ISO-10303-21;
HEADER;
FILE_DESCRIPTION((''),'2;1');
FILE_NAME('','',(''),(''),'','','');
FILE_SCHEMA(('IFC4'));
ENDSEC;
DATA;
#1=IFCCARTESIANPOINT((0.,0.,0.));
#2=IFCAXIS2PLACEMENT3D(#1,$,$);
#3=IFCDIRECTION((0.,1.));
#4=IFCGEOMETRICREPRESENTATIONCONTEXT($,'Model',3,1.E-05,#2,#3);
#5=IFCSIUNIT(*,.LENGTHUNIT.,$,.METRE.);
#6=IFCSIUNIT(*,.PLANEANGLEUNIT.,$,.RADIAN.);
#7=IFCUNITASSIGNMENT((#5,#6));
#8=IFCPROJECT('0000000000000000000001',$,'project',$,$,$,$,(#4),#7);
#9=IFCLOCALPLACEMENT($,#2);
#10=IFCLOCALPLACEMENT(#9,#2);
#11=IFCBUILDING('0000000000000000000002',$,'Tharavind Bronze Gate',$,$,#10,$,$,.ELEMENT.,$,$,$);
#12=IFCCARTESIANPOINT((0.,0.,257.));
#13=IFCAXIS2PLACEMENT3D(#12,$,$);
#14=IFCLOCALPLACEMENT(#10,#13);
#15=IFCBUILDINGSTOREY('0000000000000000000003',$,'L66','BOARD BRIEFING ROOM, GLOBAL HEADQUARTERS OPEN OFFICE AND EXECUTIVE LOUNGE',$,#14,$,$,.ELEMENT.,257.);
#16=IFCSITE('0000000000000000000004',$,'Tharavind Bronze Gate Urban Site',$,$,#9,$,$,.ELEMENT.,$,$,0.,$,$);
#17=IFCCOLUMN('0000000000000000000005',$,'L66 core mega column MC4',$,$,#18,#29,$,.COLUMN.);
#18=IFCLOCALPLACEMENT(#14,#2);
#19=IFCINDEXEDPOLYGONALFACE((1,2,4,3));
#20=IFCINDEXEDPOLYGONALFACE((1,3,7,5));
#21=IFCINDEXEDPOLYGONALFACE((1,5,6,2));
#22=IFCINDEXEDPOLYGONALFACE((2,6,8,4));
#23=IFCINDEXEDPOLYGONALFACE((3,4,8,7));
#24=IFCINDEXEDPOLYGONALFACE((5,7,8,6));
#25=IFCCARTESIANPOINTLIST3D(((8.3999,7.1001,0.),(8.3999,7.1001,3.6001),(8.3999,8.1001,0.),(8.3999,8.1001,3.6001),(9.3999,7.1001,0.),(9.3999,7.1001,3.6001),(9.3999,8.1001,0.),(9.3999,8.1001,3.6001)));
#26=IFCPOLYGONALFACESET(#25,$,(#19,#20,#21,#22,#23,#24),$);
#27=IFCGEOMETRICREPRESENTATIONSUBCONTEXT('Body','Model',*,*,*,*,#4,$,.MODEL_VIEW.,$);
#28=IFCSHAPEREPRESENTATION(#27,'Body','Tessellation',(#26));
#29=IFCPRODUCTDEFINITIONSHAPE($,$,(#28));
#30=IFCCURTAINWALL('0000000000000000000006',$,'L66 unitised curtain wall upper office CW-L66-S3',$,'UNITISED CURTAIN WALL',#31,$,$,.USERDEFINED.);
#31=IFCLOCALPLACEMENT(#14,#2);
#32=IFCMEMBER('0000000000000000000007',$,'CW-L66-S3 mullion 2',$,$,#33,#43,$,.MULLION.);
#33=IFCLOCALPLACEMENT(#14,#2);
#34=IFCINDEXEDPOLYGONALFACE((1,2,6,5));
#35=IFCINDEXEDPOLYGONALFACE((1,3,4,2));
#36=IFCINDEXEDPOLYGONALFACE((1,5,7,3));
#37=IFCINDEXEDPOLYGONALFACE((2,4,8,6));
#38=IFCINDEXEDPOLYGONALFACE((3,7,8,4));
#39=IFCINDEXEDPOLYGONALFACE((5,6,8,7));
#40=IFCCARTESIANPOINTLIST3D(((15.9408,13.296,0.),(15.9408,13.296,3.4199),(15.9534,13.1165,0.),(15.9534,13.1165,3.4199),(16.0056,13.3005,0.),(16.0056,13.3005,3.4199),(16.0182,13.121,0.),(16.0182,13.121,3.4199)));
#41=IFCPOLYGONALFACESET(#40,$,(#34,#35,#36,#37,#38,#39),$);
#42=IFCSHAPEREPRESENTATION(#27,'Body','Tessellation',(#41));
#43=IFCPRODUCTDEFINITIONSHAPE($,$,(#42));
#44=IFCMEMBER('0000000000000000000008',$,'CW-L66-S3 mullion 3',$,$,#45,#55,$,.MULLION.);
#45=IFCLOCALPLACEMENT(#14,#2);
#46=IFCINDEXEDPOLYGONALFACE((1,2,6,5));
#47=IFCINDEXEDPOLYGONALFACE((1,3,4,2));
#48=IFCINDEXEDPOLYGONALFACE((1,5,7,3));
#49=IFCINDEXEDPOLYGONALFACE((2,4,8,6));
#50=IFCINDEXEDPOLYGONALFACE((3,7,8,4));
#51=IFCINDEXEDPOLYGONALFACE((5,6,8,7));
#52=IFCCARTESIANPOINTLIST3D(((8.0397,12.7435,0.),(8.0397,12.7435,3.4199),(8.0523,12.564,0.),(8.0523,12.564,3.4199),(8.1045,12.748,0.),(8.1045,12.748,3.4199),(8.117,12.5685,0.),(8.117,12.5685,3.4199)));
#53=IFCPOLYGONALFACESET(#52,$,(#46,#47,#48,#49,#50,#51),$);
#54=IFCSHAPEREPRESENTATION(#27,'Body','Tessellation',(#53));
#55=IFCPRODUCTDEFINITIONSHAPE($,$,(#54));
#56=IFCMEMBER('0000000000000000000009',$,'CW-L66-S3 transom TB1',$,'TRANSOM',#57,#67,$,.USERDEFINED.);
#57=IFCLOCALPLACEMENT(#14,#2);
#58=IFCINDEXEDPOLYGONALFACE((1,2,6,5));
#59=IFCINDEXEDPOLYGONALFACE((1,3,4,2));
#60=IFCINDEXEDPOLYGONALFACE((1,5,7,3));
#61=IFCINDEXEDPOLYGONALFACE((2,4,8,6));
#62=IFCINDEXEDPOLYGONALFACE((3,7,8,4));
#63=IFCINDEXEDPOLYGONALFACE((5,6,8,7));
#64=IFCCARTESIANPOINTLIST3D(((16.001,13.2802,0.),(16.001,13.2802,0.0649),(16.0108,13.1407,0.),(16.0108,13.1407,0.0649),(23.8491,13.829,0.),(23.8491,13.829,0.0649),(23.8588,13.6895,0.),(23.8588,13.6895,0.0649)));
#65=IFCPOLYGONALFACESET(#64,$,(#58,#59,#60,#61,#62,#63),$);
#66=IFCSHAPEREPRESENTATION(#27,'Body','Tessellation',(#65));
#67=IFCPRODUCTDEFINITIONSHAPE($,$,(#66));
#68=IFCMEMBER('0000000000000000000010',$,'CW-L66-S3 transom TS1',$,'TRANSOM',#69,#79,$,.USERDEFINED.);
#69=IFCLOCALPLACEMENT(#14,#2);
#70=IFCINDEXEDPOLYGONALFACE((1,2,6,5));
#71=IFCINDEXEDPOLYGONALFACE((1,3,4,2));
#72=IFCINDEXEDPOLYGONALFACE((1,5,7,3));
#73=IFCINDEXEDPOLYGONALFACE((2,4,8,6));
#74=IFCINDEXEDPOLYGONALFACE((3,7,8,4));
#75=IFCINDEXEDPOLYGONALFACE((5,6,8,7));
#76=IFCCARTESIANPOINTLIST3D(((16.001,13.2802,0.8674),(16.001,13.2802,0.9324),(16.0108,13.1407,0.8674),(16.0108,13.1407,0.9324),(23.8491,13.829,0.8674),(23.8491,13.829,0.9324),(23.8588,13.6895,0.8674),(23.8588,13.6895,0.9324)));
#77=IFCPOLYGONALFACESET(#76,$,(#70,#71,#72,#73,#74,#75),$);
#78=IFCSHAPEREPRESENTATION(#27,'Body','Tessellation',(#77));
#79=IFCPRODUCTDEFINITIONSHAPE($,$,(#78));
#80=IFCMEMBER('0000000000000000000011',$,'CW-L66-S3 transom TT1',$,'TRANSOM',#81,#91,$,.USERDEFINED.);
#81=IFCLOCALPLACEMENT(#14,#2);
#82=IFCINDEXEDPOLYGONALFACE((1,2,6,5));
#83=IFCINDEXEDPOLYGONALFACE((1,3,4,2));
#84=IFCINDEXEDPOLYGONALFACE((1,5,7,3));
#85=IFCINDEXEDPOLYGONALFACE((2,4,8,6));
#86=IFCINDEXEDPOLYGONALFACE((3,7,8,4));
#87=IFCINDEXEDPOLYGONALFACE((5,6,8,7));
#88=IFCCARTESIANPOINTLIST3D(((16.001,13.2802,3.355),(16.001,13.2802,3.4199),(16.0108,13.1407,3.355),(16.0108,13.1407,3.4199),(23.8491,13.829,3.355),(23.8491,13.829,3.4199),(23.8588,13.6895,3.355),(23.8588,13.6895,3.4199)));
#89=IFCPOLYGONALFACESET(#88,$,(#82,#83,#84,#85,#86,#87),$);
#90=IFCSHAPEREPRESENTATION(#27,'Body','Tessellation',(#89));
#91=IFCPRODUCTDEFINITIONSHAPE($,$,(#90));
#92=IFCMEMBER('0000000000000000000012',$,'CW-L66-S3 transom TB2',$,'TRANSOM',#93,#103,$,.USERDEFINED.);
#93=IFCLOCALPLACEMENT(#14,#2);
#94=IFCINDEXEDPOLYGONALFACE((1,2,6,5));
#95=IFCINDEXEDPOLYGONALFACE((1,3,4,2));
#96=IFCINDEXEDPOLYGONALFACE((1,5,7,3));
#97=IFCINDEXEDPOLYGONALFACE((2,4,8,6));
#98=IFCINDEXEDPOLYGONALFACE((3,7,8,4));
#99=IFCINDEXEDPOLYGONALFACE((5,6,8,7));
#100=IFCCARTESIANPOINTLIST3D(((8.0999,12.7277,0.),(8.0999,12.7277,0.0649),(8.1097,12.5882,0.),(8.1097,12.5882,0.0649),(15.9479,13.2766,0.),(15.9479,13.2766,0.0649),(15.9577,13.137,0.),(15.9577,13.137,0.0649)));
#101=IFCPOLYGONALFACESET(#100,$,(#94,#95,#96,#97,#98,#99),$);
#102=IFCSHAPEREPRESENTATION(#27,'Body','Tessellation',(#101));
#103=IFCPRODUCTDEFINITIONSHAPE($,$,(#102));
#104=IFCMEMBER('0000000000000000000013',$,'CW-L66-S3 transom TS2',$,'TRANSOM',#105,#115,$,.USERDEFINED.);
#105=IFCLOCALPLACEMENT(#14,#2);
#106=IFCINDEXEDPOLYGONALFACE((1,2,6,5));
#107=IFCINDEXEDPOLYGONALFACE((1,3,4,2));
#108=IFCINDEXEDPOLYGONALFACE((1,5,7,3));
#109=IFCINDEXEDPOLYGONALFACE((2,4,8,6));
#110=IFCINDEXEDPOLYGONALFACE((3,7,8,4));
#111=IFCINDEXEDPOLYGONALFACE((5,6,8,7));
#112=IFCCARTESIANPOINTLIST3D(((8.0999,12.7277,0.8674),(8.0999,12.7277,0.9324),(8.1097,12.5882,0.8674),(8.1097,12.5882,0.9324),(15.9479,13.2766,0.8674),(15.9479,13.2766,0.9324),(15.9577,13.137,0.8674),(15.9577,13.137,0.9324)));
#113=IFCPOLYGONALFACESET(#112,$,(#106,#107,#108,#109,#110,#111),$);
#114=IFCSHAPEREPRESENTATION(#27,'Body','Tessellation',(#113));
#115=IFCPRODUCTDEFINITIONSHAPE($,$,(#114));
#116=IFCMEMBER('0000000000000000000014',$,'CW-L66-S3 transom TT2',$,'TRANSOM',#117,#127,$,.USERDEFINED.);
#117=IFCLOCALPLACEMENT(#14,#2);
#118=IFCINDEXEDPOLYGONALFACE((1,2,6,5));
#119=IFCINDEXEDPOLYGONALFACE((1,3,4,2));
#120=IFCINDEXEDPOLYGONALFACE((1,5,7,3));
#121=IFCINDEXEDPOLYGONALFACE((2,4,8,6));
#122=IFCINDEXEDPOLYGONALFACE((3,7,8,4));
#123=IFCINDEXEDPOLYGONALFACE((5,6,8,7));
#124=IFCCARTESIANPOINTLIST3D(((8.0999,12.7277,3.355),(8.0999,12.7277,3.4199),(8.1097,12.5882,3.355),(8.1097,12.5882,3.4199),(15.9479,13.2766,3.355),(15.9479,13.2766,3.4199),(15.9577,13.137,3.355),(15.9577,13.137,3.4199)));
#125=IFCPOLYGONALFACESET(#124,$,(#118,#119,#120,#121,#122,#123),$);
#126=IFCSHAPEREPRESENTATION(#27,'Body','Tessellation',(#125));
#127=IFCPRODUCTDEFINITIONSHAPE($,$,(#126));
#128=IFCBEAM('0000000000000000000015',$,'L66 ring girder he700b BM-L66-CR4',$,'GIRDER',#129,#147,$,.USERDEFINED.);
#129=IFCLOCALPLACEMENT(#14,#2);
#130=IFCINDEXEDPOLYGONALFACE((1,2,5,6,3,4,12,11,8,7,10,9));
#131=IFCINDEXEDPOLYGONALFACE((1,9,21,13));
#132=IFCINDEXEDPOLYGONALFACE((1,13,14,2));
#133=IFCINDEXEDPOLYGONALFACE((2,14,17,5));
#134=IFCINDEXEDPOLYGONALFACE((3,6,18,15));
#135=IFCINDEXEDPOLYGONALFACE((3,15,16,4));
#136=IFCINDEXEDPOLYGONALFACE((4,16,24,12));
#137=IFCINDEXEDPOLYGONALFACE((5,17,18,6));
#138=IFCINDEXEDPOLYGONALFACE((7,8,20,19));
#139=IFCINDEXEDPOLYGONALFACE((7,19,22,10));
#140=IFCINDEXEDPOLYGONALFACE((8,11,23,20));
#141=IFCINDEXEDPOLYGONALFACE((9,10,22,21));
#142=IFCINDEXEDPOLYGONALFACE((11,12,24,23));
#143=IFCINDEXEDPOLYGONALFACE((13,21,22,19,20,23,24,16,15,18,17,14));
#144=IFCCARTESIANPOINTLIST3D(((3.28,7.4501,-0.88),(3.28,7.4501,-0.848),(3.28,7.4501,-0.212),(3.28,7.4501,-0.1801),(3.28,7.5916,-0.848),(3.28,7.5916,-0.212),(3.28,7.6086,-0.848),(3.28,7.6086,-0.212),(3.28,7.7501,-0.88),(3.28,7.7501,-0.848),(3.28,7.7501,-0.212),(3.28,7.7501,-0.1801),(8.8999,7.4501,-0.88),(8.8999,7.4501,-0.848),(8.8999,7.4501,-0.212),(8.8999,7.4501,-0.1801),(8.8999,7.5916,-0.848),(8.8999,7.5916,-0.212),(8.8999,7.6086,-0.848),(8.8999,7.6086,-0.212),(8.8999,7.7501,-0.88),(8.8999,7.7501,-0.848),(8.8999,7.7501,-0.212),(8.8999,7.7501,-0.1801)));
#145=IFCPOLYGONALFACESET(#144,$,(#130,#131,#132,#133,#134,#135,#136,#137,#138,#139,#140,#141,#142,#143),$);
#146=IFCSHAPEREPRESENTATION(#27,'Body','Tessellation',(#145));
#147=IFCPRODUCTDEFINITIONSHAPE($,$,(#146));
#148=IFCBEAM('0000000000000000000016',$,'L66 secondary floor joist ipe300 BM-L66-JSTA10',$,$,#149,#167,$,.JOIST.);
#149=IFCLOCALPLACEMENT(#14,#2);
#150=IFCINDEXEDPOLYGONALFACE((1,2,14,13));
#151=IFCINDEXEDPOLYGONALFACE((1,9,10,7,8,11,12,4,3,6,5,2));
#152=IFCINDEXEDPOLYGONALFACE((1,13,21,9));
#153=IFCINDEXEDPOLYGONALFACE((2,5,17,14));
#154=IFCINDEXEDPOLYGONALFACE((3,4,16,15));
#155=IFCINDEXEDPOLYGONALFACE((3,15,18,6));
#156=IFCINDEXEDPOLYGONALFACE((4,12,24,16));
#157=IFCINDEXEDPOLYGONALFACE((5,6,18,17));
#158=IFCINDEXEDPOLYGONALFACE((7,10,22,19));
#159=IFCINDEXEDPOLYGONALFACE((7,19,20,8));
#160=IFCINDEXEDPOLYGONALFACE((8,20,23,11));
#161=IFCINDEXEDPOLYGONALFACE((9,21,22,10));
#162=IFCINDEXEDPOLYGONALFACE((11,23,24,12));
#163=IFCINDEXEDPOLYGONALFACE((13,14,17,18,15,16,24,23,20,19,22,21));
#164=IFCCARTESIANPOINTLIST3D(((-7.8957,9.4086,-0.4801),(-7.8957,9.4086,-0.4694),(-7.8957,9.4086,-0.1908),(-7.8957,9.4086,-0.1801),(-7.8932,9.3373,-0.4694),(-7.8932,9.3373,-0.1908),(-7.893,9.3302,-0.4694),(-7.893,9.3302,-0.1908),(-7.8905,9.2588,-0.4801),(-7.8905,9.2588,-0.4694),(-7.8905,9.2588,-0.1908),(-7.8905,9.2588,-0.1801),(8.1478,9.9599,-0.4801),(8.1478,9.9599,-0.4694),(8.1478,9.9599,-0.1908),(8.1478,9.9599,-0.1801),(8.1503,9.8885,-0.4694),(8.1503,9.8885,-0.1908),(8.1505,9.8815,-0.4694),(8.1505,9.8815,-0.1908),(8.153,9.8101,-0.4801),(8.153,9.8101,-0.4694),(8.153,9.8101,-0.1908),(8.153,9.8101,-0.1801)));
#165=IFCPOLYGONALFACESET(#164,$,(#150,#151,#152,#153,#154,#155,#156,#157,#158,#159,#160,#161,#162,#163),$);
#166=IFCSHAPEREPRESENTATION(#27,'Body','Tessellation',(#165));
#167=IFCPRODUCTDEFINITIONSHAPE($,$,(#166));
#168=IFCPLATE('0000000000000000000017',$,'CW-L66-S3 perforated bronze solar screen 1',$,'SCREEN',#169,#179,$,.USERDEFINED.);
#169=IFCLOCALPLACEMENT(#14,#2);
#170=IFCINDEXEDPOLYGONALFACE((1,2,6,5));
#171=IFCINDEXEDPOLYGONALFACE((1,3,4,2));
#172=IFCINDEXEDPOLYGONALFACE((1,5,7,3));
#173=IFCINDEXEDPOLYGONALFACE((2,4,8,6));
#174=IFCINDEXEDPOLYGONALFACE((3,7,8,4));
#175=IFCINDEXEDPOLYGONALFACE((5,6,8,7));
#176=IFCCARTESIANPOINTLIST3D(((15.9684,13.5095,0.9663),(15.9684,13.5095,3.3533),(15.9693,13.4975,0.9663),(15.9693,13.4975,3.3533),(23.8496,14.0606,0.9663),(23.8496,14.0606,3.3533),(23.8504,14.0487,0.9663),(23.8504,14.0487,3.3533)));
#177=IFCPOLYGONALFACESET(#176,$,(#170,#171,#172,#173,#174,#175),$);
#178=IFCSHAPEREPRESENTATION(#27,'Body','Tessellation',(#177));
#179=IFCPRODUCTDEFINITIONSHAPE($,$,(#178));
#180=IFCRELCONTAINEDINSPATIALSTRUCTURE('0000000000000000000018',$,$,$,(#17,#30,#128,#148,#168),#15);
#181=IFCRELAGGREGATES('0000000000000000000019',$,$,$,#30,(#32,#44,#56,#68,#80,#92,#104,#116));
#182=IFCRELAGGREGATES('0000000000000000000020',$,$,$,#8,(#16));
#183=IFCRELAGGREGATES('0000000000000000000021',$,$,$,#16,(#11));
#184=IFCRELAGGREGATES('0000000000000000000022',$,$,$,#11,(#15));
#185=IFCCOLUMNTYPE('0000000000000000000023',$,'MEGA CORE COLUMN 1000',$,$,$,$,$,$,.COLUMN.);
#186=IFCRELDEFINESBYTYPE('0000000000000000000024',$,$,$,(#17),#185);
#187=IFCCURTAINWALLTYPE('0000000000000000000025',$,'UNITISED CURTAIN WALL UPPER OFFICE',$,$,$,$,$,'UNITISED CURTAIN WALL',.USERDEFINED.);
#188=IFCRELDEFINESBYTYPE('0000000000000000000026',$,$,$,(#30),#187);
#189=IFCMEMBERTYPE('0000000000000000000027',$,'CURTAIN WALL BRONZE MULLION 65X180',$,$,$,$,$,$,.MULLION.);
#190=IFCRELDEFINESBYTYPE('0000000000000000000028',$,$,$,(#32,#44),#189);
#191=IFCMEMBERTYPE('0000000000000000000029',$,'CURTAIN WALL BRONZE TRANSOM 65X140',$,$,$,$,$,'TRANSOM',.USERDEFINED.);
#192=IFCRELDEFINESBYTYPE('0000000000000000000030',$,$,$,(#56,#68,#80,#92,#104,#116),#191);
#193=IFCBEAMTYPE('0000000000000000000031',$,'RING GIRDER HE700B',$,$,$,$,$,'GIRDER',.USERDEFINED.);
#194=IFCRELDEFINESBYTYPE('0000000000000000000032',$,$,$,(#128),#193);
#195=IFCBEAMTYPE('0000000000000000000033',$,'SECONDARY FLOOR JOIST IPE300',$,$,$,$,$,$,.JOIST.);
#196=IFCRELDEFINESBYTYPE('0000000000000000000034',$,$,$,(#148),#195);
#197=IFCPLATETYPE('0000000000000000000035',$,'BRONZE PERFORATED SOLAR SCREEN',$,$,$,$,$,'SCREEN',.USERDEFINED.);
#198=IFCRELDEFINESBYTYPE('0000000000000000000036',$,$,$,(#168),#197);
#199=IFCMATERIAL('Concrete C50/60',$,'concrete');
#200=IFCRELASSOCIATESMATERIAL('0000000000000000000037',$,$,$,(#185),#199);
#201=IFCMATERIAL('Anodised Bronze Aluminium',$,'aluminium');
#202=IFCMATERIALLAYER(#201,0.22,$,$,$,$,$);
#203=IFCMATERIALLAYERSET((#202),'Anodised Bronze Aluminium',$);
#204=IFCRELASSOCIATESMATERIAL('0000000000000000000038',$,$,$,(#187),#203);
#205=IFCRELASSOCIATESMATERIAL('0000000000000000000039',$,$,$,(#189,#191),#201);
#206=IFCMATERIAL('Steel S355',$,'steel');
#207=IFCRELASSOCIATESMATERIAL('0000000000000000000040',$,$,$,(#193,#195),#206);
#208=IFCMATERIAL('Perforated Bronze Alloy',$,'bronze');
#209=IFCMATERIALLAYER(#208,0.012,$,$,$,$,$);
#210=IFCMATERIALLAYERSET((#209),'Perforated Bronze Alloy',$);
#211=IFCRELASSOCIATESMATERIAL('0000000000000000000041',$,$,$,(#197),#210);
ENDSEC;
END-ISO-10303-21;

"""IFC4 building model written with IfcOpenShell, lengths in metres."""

from ifc_helpers import new_model, si_unit, direction, frame, origin, origin_2d, place, context, subcontext, project, spatial, rectangle, i_section, extrude, material, layer, layer_set, material_profile, profile_set, type_object, element, aggregate, save


model = new_model("IFC4")

# Units and contexts
model_context = context("Model", 3, precision=1e-05, world=origin(), true_north=direction((0.0, 1.0)))
body_context = subcontext(model_context, "Body", "Model", "MODEL_VIEW")
ifc_project = project(units=[si_unit("LENGTHUNIT", "METRE"), si_unit("PLANEANGLEUNIT", "RADIAN")], contexts=[model_context])

# Site, building, storey
site_placement = place(None, origin())
site = spatial("IfcSite", under=ifc_project, at=site_placement, Name="Tharavind Bronze Gate Urban Site", CompositionType="ELEMENT", RefElevation=0.0)
building_placement = place(site_placement, origin())
building = spatial("IfcBuilding", under=site, at=building_placement, Name="Tharavind Bronze Gate", CompositionType="ELEMENT")
storey_placement = place(building_placement, frame((0.0, 0.0, 257.0)))
storey = spatial("IfcBuildingStorey", under=building, at=storey_placement, Name="L66", Description="BOARD BRIEFING ROOM, GLOBAL HEADQUARTERS OPEN OFFICE AND EXECUTIVE LOUNGE", CompositionType="ELEMENT", Elevation=257.0)

# Column
ifc_material_1 = material(Name="Concrete C50/60", Category="concrete")
ifc_material_profile_1 = material_profile(ifc_material_1, rectangle(XDim=1.0, YDim=1.0, at=origin_2d()), Name="RCCOL1000")
ifc_profile_set_1 = profile_set([ifc_material_profile_1], Name="Concrete C50/60")
column_type = type_object("IfcColumnType", Name="MEGA CORE COLUMN 1000", PredefinedType="COLUMN", material=ifc_profile_set_1)
column_placement = place(storey_placement, frame((8.8999, 7.6001, 0.0), z_axis=(0.0, 0.0, 1.0), x_axis=(1.0, 0.0, 0.0)))
element("IfcColumn", 1, at=column_placement, inside=storey, type_object=column_type, Name="L66 core mega column MC4", PredefinedType="COLUMN", context=body_context, shape_type="SweptSolid", body=[
    extrude(rectangle(XDim=1.0, YDim=1.0, at=origin_2d()), origin(), (0.0, 0.0, 1.0), 3.6001),
])

# Curtain wall, members
ifc_material_2 = material(Name="Anodised Bronze Aluminium", Category="aluminium")
ifc_layer_1 = layer(ifc_material_2, 0.22)
ifc_layer_set_1 = layer_set([ifc_layer_1], Name="Anodised Bronze Aluminium")
curtain_wall_type = type_object("IfcCurtainWallType", Name="UNITISED CURTAIN WALL UPPER OFFICE", ElementType="UNITISED CURTAIN WALL", PredefinedType="USERDEFINED", material=ifc_layer_set_1)
curtain_wall_placement = place(storey_placement, origin())
curtain_wall = element("IfcCurtainWall", 2, at=curtain_wall_placement, inside=storey, type_object=curtain_wall_type, Name="L66 unitised curtain wall upper office CW-L66-S3", ObjectType="UNITISED CURTAIN WALL", PredefinedType="USERDEFINED")
member_type_1 = type_object("IfcMemberType", Name="CURTAIN WALL BRONZE MULLION 65X180", PredefinedType="MULLION", material=ifc_material_2)
member_1_placement = place(storey_placement, frame((15.9795, 13.2085, 0.0), z_axis=(0.0, 0.0, 1.0), x_axis=(-0.997564, -0.06976, 0.0)))
member_1 = element("IfcMember", 3, at=member_1_placement, type_object=member_type_1, Name="CW-L66-S3 mullion 2", PredefinedType="MULLION", context=body_context, shape_type="SweptSolid", body=[
    extrude(rectangle(XDim=0.0649, YDim=0.1799, at=origin_2d()), origin(), (0.0, 0.0, 1.0), 3.4199),
])
member_2_placement = place(storey_placement, frame((8.0784, 12.656, 0.0), z_axis=(0.0, 0.0, 1.0), x_axis=(-0.997564, -0.06976, 0.0)))
member_2 = element("IfcMember", 4, at=member_2_placement, type_object=member_type_1, Name="CW-L66-S3 mullion 3", PredefinedType="MULLION", context=body_context, shape_type="SweptSolid", body=[
    extrude(rectangle(XDim=0.0649, YDim=0.1799, at=origin_2d()), origin(), (0.0, 0.0, 1.0), 3.4199),
])
member_type_2 = type_object("IfcMemberType", Name="CURTAIN WALL BRONZE TRANSOM 65X140", ElementType="TRANSOM", PredefinedType="USERDEFINED", material=ifc_material_2)
member_3_placement = place(storey_placement, frame((19.9299, 13.4849, 0.0), z_axis=(0.0, 0.0, 1.0), x_axis=(-0.997564, -0.06976, 0.0)))
member_3 = element("IfcMember", 5, at=member_3_placement, type_object=member_type_2, Name="CW-L66-S3 transom TB1", ObjectType="TRANSOM", PredefinedType="USERDEFINED", context=body_context, shape_type="SweptSolid", body=[
    extrude(rectangle(XDim=7.8672, YDim=0.1399, at=origin_2d()), origin(), (0.0, 0.0, 1.0), 0.0649),
])
member_4_placement = place(storey_placement, frame((19.9299, 13.4849, 0.8674), z_axis=(0.0, 0.0, 1.0), x_axis=(-0.997564, -0.06976, 0.0)))
member_4 = element("IfcMember", 6, at=member_4_placement, type_object=member_type_2, Name="CW-L66-S3 transom TS1", ObjectType="TRANSOM", PredefinedType="USERDEFINED", context=body_context, shape_type="SweptSolid", body=[
    extrude(rectangle(XDim=7.8672, YDim=0.1399, at=origin_2d()), origin(), (0.0, 0.0, 1.0), 0.0649),
])
member_5_placement = place(storey_placement, frame((19.9299, 13.4849, 3.355), z_axis=(0.0, 0.0, 1.0), x_axis=(-0.997564, -0.06976, 0.0)))
member_5 = element("IfcMember", 7, at=member_5_placement, type_object=member_type_2, Name="CW-L66-S3 transom TT1", ObjectType="TRANSOM", PredefinedType="USERDEFINED", context=body_context, shape_type="SweptSolid", body=[
    extrude(rectangle(XDim=7.8672, YDim=0.1399, at=origin_2d()), origin(), (0.0, 0.0, 1.0), 0.0649),
])
member_6_placement = place(storey_placement, frame((12.0288, 12.9324, 0.0), z_axis=(0.0, 0.0, 1.0), x_axis=(-0.997564, -0.06976, 0.0)))
member_6 = element("IfcMember", 8, at=member_6_placement, type_object=member_type_2, Name="CW-L66-S3 transom TB2", ObjectType="TRANSOM", PredefinedType="USERDEFINED", context=body_context, shape_type="SweptSolid", body=[
    extrude(rectangle(XDim=7.8672, YDim=0.1399, at=origin_2d()), origin(), (0.0, 0.0, 1.0), 0.0649),
])
member_7_placement = place(storey_placement, frame((12.0288, 12.9324, 0.8674), z_axis=(0.0, 0.0, 1.0), x_axis=(-0.997564, -0.06976, 0.0)))
member_7 = element("IfcMember", 9, at=member_7_placement, type_object=member_type_2, Name="CW-L66-S3 transom TS2", ObjectType="TRANSOM", PredefinedType="USERDEFINED", context=body_context, shape_type="SweptSolid", body=[
    extrude(rectangle(XDim=7.8672, YDim=0.1399, at=origin_2d()), origin(), (0.0, 0.0, 1.0), 0.0649),
])
member_8_placement = place(storey_placement, frame((12.0288, 12.9324, 3.355), z_axis=(0.0, 0.0, 1.0), x_axis=(-0.997564, -0.06976, 0.0)))
member_8 = element("IfcMember", 10, at=member_8_placement, type_object=member_type_2, Name="CW-L66-S3 transom TT2", ObjectType="TRANSOM", PredefinedType="USERDEFINED", context=body_context, shape_type="SweptSolid", body=[
    extrude(rectangle(XDim=7.8672, YDim=0.1399, at=origin_2d()), origin(), (0.0, 0.0, 1.0), 0.0649),
])

# Beams
ifc_material_3 = material(Name="Steel S355", Category="steel")
ifc_material_profile_2 = material_profile(ifc_material_3, i_section(OverallWidth=0.3, OverallDepth=0.7, WebThickness=0.0171, FlangeThickness=0.032, at=origin_2d()), Name="HE700B")
ifc_profile_set_2 = profile_set([ifc_material_profile_2], Name="Steel S355")
beam_type_1 = type_object("IfcBeamType", Name="RING GIRDER HE700B", ElementType="GIRDER", PredefinedType="USERDEFINED", material=ifc_profile_set_2)
beam_1_placement = place(storey_placement, frame((8.8999, 7.6001, -0.53), z_axis=(-1.0, 0.0, 0.0), x_axis=(0.0, -1.0, 0.0)))
element("IfcBeam", 11, at=beam_1_placement, inside=storey, type_object=beam_type_1, Name="L66 ring girder he700b BM-L66-CR4", ObjectType="GIRDER", PredefinedType="USERDEFINED", context=body_context, shape_type="SweptSolid", body=[
    extrude(i_section(OverallWidth=0.3, OverallDepth=0.7, WebThickness=0.0171, FlangeThickness=0.032, at=origin_2d()), origin(), (0.0, 0.0, 1.0), 5.6199),
])
ifc_material_profile_3 = material_profile(ifc_material_3, i_section(OverallWidth=0.1499, OverallDepth=0.3, WebThickness=0.0071, FlangeThickness=0.0107, at=origin_2d()), Name="IPE300")
ifc_profile_set_3 = profile_set([ifc_material_profile_3], Name="Steel S355")
beam_type_2 = type_object("IfcBeamType", Name="SECONDARY FLOOR JOIST IPE300", PredefinedType="JOIST", material=ifc_profile_set_3)
beam_2_placement = place(storey_placement, frame((8.1504, 9.885, -0.3301), z_axis=(-0.99941, -0.034341, 0.0), x_axis=(0.034341, -0.99941, 0.0)))
element("IfcBeam", 12, at=beam_2_placement, inside=storey, type_object=beam_type_2, Name="L66 secondary floor joist ipe300 BM-L66-JSTA10", PredefinedType="JOIST", context=body_context, shape_type="SweptSolid", body=[
    extrude(i_section(OverallWidth=0.1499, OverallDepth=0.3, WebThickness=0.0071, FlangeThickness=0.0107, at=origin_2d()), origin(), (0.0, 0.0, 1.0), 16.053),
])

# Plate
ifc_material_4 = material(Name="Perforated Bronze Alloy", Category="bronze")
ifc_layer_2 = layer(ifc_material_4, 0.012)
ifc_layer_set_2 = layer_set([ifc_layer_2], Name="Perforated Bronze Alloy")
plate_type_1 = type_object("IfcPlateType", Name="BRONZE PERFORATED SOLAR SCREEN", ElementType="SCREEN", PredefinedType="USERDEFINED", material=ifc_layer_set_2)
plate_1_placement = place(storey_placement, frame((19.9094, 13.7791, 0.9663), z_axis=(0.0, 0.0, 1.0), x_axis=(-0.997564, -0.06976, 0.0)))
element("IfcPlate", 13, at=plate_1_placement, inside=storey, type_object=plate_type_1, Name="CW-L66-S3 perforated bronze solar screen 1", ObjectType="SCREEN", PredefinedType="USERDEFINED", context=body_context, shape_type="SweptSolid", body=[
    extrude(rectangle(XDim=7.9004, YDim=0.012, at=origin_2d()), origin(), (0.0, 0.0, 1.0), 2.387),
])
aggregate(curtain_wall, [member_1, member_2, member_3, member_4, member_5, member_6, member_7, member_8])

save(model, "model.ifc")
